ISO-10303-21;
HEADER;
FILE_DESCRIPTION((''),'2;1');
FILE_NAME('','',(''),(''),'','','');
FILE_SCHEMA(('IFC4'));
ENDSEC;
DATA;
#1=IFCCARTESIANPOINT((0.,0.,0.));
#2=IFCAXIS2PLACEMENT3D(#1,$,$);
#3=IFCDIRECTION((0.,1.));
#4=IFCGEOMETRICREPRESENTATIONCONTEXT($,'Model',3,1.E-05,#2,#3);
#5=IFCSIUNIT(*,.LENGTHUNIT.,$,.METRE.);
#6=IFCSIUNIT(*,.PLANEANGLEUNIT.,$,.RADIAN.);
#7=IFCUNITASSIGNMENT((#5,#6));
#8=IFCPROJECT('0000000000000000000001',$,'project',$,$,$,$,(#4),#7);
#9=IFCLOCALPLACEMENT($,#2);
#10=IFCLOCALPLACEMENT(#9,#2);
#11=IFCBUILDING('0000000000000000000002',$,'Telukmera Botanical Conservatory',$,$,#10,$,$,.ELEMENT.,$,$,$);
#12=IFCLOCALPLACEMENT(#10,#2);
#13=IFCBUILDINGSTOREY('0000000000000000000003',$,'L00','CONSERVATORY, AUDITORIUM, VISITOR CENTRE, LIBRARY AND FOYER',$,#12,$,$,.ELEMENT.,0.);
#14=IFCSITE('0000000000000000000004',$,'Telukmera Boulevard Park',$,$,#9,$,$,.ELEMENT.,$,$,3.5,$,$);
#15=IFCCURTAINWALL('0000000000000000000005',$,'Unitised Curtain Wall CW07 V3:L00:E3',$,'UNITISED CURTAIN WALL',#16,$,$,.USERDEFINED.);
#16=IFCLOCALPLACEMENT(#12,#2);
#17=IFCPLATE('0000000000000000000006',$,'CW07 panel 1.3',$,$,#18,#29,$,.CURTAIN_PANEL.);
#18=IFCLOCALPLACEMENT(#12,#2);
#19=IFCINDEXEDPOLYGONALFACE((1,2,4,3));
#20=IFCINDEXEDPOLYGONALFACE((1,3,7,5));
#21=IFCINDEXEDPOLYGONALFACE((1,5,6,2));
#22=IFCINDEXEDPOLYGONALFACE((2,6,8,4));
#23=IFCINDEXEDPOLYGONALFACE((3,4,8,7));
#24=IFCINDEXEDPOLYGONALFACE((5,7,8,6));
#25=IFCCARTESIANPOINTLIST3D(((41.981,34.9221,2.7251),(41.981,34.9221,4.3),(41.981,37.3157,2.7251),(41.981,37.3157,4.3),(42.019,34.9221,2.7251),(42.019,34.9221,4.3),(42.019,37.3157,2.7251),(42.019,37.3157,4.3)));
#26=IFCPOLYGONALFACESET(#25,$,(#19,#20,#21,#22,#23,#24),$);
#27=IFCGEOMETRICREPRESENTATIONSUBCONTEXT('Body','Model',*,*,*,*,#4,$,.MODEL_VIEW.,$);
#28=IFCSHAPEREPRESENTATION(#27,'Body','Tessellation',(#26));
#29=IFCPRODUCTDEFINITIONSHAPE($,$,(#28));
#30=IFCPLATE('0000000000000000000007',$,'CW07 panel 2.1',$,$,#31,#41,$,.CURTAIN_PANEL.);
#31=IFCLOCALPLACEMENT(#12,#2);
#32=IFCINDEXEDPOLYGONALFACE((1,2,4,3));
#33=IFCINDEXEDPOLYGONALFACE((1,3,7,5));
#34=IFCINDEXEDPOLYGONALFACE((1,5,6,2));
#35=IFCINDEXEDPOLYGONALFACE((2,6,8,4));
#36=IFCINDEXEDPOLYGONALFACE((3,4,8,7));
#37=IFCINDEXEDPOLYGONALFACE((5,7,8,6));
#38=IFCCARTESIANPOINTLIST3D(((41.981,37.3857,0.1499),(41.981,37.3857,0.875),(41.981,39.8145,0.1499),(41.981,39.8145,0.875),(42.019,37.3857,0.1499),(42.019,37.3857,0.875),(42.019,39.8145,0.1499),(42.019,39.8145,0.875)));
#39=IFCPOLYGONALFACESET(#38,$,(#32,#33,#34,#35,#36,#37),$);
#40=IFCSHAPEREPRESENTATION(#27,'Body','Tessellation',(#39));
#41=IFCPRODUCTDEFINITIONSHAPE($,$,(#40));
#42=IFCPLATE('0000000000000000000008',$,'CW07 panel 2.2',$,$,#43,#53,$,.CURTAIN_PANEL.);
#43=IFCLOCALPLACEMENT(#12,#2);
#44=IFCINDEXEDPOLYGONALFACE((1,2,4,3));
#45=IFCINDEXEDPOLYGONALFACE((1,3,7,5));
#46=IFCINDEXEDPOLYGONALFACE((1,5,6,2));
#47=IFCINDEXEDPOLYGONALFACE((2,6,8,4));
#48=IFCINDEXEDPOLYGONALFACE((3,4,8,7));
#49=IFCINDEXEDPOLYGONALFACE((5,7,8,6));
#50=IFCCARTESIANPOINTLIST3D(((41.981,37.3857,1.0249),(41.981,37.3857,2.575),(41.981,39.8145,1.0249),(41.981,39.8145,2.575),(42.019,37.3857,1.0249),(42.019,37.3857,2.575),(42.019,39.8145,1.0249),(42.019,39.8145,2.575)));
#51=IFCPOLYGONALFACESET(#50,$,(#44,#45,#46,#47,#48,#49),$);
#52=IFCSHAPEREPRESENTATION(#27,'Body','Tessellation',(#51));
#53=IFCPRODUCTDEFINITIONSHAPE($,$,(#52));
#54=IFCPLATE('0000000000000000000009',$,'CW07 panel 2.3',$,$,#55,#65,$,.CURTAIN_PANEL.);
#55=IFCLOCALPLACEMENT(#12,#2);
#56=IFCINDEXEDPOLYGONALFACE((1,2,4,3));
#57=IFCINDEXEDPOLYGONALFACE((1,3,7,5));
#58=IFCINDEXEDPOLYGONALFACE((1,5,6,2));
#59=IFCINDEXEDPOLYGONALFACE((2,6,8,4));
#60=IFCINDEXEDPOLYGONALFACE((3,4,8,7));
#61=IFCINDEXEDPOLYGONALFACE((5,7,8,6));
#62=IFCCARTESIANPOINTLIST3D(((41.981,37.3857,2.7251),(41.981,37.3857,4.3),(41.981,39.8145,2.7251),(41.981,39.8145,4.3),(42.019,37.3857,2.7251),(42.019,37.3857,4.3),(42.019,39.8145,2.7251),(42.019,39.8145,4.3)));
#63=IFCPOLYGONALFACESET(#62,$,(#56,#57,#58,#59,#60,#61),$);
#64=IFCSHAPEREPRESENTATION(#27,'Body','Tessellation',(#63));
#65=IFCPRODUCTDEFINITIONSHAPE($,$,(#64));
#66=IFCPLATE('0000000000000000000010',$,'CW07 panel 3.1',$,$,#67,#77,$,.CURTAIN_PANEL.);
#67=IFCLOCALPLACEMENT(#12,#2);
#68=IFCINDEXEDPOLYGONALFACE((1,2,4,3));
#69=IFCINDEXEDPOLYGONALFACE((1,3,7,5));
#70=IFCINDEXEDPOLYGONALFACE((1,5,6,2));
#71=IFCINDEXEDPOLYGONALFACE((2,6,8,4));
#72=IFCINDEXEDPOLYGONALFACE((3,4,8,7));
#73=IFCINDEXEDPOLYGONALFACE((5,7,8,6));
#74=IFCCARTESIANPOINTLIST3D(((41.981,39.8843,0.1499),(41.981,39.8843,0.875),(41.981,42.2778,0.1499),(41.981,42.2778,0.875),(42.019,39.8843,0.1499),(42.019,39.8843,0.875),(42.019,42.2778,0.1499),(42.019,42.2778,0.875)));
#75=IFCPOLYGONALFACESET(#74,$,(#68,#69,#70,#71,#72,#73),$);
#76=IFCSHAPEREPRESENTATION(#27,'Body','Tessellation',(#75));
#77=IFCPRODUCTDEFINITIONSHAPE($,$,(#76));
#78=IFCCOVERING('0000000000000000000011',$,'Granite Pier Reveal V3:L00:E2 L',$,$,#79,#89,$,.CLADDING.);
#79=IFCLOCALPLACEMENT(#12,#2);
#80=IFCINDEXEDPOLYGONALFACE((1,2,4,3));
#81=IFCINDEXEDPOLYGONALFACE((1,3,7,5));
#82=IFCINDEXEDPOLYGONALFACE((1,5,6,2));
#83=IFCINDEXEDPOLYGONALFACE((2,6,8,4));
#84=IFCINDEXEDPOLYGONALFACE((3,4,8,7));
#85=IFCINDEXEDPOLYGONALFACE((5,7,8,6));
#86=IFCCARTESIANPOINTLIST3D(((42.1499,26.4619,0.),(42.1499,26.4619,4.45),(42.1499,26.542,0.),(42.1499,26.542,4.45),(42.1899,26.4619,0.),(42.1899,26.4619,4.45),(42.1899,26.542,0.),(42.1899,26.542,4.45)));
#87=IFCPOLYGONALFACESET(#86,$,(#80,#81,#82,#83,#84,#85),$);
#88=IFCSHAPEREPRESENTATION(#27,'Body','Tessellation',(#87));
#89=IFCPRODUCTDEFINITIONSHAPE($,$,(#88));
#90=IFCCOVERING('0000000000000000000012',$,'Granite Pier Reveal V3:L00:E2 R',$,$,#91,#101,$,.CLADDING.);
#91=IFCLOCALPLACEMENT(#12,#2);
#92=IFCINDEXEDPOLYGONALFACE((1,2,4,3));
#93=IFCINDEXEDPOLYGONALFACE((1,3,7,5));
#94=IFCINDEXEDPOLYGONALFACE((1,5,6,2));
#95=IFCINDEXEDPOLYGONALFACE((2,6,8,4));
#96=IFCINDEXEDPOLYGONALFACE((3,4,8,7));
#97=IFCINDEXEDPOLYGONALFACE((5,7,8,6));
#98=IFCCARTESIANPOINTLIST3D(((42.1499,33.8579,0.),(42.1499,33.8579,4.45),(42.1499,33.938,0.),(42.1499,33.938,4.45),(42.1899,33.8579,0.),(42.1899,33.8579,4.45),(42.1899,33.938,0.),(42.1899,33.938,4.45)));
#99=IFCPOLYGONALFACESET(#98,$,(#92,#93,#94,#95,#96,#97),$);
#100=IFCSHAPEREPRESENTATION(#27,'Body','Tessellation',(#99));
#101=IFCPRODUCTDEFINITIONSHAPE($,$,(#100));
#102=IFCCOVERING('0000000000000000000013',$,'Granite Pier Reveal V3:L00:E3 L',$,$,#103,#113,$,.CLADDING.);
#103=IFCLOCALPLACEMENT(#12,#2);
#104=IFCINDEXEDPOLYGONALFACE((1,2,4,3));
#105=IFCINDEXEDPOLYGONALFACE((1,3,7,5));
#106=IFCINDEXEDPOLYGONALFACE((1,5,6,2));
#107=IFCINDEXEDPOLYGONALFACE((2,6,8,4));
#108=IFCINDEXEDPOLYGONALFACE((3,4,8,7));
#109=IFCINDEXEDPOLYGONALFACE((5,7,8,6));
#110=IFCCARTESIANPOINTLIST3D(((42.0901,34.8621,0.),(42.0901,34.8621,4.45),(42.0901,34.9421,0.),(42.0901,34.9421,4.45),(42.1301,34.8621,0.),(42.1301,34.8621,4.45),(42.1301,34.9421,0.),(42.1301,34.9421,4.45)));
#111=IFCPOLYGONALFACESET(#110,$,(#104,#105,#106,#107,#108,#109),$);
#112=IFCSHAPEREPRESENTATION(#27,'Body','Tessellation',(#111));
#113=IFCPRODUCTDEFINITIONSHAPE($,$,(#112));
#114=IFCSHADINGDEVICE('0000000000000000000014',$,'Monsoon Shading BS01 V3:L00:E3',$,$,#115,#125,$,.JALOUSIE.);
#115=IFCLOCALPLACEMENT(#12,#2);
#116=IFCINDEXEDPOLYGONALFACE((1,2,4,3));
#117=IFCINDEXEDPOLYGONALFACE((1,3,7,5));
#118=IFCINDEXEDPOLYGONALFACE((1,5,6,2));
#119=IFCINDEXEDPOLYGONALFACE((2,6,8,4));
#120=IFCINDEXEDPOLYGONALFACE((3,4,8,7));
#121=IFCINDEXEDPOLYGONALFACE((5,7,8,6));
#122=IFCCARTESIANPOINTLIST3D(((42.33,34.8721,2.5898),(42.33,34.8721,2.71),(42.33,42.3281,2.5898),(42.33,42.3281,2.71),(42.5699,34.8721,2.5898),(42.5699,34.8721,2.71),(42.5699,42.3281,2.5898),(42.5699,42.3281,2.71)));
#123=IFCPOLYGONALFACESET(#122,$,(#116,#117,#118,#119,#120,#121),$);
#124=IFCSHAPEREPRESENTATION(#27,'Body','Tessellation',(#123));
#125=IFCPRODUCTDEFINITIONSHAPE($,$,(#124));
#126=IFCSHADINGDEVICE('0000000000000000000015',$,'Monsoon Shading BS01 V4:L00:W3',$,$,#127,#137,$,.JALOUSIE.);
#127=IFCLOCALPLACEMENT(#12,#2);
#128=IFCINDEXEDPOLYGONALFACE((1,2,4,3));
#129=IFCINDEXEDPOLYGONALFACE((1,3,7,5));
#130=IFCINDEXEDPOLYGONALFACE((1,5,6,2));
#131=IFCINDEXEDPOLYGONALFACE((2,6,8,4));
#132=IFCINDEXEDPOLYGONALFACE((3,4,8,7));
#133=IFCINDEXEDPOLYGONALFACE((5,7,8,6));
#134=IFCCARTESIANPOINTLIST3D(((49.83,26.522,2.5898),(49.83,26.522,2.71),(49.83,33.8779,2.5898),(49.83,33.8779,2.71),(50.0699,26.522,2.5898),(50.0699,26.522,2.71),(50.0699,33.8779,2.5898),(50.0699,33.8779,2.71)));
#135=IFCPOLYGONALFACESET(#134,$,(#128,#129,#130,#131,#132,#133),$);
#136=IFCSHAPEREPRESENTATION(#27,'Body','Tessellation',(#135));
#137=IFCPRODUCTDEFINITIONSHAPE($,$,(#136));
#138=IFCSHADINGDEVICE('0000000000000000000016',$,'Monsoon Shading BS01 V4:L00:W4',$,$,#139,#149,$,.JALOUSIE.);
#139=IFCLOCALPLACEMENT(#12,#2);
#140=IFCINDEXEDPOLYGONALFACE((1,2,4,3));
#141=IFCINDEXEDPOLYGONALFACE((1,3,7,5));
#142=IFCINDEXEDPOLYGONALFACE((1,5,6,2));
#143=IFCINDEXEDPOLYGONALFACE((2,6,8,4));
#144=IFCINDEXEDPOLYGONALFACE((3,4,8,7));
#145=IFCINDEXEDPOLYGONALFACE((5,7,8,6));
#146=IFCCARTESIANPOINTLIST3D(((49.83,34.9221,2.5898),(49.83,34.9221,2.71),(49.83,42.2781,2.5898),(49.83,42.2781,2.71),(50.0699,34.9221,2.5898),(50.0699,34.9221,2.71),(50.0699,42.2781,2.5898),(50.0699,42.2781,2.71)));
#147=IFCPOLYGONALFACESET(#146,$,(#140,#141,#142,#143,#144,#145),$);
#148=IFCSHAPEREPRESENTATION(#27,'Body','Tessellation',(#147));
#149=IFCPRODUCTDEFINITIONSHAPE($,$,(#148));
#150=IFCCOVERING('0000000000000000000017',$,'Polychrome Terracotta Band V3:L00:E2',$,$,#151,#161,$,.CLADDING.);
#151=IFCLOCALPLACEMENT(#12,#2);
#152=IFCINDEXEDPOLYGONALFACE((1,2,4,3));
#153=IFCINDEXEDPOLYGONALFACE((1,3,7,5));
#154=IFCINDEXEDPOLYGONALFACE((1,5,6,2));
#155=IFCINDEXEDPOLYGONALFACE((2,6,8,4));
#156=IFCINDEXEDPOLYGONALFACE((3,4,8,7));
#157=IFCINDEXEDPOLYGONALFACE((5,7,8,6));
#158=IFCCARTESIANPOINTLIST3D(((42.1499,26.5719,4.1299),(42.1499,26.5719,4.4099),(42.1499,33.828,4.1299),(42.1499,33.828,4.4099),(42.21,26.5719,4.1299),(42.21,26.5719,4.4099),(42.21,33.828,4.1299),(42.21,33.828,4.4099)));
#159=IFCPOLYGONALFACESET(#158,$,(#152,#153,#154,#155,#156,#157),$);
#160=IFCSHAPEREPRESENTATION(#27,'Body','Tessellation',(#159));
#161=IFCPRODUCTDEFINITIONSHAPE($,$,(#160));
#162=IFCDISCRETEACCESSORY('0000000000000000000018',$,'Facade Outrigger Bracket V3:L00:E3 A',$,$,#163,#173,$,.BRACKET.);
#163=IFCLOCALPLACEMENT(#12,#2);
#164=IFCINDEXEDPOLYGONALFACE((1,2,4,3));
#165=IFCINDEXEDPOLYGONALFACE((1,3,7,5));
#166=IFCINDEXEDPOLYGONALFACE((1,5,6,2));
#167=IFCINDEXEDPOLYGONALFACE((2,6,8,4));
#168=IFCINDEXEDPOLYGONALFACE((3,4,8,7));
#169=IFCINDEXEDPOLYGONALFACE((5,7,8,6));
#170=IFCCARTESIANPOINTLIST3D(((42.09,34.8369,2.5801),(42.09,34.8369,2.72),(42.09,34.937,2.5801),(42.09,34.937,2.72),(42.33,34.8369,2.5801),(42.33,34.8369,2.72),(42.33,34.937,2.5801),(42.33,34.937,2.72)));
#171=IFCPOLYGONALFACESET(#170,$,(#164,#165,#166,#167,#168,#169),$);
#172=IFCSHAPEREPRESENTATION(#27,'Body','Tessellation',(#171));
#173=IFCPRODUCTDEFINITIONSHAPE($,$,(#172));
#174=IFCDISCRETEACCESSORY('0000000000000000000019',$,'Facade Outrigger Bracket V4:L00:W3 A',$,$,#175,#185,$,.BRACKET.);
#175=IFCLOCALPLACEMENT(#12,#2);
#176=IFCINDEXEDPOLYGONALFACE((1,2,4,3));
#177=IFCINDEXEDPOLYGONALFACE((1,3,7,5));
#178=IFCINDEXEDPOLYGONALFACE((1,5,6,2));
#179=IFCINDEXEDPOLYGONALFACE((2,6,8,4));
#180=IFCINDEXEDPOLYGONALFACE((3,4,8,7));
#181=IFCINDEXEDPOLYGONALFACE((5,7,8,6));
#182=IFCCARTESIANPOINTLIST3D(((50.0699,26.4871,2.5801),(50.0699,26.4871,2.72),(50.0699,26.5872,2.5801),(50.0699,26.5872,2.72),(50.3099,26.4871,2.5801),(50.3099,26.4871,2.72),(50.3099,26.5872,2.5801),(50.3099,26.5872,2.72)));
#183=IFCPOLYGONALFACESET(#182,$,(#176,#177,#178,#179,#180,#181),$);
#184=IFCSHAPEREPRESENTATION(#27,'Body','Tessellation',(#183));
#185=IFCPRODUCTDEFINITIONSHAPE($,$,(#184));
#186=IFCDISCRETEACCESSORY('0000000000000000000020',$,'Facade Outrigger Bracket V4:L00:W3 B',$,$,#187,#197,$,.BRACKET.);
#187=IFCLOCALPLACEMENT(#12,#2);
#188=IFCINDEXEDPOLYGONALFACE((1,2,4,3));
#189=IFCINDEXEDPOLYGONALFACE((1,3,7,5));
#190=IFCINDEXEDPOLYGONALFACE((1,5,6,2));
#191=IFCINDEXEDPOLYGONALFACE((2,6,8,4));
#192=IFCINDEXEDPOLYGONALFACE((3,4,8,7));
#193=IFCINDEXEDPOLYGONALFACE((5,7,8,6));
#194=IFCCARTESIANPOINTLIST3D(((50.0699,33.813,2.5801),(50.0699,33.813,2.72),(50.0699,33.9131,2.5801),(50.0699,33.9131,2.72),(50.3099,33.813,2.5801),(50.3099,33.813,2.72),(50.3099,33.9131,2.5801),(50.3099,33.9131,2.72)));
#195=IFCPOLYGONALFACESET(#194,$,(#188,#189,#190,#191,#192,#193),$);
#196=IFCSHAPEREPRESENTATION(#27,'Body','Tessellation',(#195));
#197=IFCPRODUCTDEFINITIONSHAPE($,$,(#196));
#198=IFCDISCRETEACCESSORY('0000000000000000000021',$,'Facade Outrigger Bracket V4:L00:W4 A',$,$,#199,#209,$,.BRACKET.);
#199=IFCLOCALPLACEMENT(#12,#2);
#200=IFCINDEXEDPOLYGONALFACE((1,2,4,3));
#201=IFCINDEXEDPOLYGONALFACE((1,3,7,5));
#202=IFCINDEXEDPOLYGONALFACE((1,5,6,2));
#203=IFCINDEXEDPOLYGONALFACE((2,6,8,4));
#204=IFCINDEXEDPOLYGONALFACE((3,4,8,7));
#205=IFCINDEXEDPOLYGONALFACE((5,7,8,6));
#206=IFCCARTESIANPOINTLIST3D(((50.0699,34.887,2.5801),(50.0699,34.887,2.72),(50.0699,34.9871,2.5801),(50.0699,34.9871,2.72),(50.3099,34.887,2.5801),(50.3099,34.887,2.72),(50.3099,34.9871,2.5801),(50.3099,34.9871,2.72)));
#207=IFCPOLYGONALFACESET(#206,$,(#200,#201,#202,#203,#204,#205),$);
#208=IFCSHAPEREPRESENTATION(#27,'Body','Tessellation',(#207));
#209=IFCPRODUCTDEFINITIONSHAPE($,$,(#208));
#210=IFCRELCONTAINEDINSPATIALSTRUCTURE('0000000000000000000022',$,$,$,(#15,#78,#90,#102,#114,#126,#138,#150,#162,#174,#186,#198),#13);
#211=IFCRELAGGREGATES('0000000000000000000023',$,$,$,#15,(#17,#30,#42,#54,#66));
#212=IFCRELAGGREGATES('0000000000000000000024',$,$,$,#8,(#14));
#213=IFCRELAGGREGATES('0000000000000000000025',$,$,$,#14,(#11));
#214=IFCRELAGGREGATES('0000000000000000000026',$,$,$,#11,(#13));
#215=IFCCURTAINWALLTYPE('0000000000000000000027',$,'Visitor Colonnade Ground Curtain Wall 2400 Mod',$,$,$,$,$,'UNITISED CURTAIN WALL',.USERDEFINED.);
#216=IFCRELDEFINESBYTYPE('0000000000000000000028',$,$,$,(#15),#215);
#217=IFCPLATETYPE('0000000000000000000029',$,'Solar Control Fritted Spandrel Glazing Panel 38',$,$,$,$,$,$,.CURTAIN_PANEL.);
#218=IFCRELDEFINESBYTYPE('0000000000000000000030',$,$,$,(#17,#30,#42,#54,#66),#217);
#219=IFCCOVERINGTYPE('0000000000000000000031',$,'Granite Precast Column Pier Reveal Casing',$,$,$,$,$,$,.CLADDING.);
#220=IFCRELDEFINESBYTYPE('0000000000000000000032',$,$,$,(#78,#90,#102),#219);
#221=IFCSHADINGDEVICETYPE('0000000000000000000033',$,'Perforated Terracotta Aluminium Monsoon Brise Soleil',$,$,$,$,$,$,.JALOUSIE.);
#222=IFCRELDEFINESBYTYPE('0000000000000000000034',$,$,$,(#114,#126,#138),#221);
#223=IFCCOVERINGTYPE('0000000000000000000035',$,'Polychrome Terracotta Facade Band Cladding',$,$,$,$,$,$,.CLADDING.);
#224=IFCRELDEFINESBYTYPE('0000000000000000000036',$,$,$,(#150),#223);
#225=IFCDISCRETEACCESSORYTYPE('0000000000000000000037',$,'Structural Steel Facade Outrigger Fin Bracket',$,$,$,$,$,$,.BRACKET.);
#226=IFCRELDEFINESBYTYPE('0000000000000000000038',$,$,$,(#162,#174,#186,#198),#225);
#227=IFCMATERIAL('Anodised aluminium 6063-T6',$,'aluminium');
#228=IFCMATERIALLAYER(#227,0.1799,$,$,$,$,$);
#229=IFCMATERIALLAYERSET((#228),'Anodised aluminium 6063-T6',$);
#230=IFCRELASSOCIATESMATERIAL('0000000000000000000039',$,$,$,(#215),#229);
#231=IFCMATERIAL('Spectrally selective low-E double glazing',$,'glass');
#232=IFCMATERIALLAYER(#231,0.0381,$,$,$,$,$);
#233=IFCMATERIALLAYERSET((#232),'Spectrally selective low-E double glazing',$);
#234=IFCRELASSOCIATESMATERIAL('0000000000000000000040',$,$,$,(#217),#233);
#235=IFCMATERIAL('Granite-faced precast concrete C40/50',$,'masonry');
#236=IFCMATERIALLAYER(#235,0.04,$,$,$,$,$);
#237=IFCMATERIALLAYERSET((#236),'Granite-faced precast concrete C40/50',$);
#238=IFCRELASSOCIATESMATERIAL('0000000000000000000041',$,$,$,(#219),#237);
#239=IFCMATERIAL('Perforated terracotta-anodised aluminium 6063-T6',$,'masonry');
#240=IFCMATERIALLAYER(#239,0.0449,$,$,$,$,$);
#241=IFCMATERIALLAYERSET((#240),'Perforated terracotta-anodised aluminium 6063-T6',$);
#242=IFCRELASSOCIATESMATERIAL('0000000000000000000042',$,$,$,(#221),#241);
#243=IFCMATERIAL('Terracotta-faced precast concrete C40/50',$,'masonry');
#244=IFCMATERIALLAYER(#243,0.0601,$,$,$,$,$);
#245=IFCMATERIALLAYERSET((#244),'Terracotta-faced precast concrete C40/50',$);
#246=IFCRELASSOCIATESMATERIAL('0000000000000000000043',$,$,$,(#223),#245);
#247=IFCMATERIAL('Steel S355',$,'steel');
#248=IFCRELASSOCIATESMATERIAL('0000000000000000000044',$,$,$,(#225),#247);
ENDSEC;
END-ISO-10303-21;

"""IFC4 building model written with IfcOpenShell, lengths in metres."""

from ifc_helpers import new_model, si_unit, direction, frame, origin, origin_2d, place, context, subcontext, project, spatial, rectangle, extrude, material, layer, layer_set, type_object, element, aggregate, save


model = new_model("IFC4")

# Units and contexts
model_context = context("Model", 3, precision=1e-05, world=origin(), true_north=direction((0.0, 1.0)))
body_context = subcontext(model_context, "Body", "Model", "MODEL_VIEW")
ifc_project = project(units=[si_unit("LENGTHUNIT", "METRE"), si_unit("PLANEANGLEUNIT", "RADIAN")], contexts=[model_context])

# Site, building, storey
site_placement = place(None, origin())
site = spatial("IfcSite", under=ifc_project, at=site_placement, Name="Telukmera Boulevard Park", CompositionType="ELEMENT", RefElevation=3.5)
building_placement = place(site_placement, origin())
building = spatial("IfcBuilding", under=site, at=building_placement, Name="Telukmera Botanical Conservatory", CompositionType="ELEMENT")
storey_placement = place(building_placement, origin())
storey = spatial("IfcBuildingStorey", under=building, at=storey_placement, Name="L00", Description="CONSERVATORY, AUDITORIUM, VISITOR CENTRE, LIBRARY AND FOYER", CompositionType="ELEMENT", Elevation=0.0)

# Shared definitions
ifc_material_1 = material(Name="Steel S355", Category="steel")

# Curtain wall
ifc_material_2 = material(Name="Anodised aluminium 6063-T6", Category="aluminium")
ifc_layer_1 = layer(ifc_material_2, 0.1799)
ifc_layer_set_1 = layer_set([ifc_layer_1], Name="Anodised aluminium 6063-T6")
curtain_wall_type = type_object("IfcCurtainWallType", Name="Visitor Colonnade Ground Curtain Wall 2400 Mod", ElementType="UNITISED CURTAIN WALL", PredefinedType="USERDEFINED", material=ifc_layer_set_1)
curtain_wall_placement = place(storey_placement, origin())
curtain_wall = element("IfcCurtainWall", 1, at=curtain_wall_placement, inside=storey, type_object=curtain_wall_type, Name="Unitised Curtain Wall CW07 V3:L00:E3", ObjectType="UNITISED CURTAIN WALL", PredefinedType="USERDEFINED")

# Plates
ifc_material_3 = material(Name="Spectrally selective low-E double glazing", Category="glass")
ifc_layer_2 = layer(ifc_material_3, 0.0381)
ifc_layer_set_2 = layer_set([ifc_layer_2], Name="Spectrally selective low-E double glazing")
plate_type_1 = type_object("IfcPlateType", Name="Solar Control Fritted Spandrel Glazing Panel 38", PredefinedType="CURTAIN_PANEL", material=ifc_layer_set_2)
plate_1_placement = place(storey_placement, frame((42.0, 36.1189, 2.7251), z_axis=(0.0, 0.0, 1.0), x_axis=(0.0, 1.0, 0.0)))
plate_1 = element("IfcPlate", 2, at=plate_1_placement, type_object=plate_type_1, Name="CW07 panel 1.3", PredefinedType="CURTAIN_PANEL", context=body_context, shape_type="SweptSolid", body=[
    extrude(rectangle(XDim=2.3936, YDim=0.0381, at=origin_2d()), origin(), (0.0, 0.0, 1.0), 1.575),
])
plate_2_placement = place(storey_placement, frame((42.0, 38.6001, 0.1499), z_axis=(0.0, 0.0, 1.0), x_axis=(0.0, 1.0, 0.0)))
plate_2 = element("IfcPlate", 3, at=plate_2_placement, type_object=plate_type_1, Name="CW07 panel 2.1", PredefinedType="CURTAIN_PANEL", context=body_context, shape_type="SweptSolid", body=[
    extrude(rectangle(XDim=2.4287, YDim=0.0381, at=origin_2d()), origin(), (0.0, 0.0, 1.0), 0.7251),
])
plate_3_placement = place(storey_placement, frame((42.0, 38.6001, 1.0249), z_axis=(0.0, 0.0, 1.0), x_axis=(0.0, 1.0, 0.0)))
plate_3 = element("IfcPlate", 4, at=plate_3_placement, type_object=plate_type_1, Name="CW07 panel 2.2", PredefinedType="CURTAIN_PANEL", context=body_context, shape_type="SweptSolid", body=[
    extrude(rectangle(XDim=2.4287, YDim=0.0381, at=origin_2d()), origin(), (0.0, 0.0, 1.0), 1.55),
])
plate_4_placement = place(storey_placement, frame((42.0, 38.6001, 2.7251), z_axis=(0.0, 0.0, 1.0), x_axis=(0.0, 1.0, 0.0)))
plate_4 = element("IfcPlate", 5, at=plate_4_placement, type_object=plate_type_1, Name="CW07 panel 2.3", PredefinedType="CURTAIN_PANEL", context=body_context, shape_type="SweptSolid", body=[
    extrude(rectangle(XDim=2.4287, YDim=0.0381, at=origin_2d()), origin(), (0.0, 0.0, 1.0), 1.575),
])
plate_5_placement = place(storey_placement, frame((42.0, 41.0811, 0.1499), z_axis=(0.0, 0.0, 1.0), x_axis=(0.0, 1.0, 0.0)))
plate_5 = element("IfcPlate", 6, at=plate_5_placement, type_object=plate_type_1, Name="CW07 panel 3.1", PredefinedType="CURTAIN_PANEL", context=body_context, shape_type="SweptSolid", body=[
    extrude(rectangle(XDim=2.3936, YDim=0.0381, at=origin_2d()), origin(), (0.0, 0.0, 1.0), 0.7251),
])
aggregate(curtain_wall, [plate_1, plate_2, plate_3, plate_4, plate_5])

# Coverings
ifc_material_4 = material(Name="Granite-faced precast concrete C40/50", Category="masonry")
ifc_layer_3 = layer(ifc_material_4, 0.04)
ifc_layer_set_3 = layer_set([ifc_layer_3], Name="Granite-faced precast concrete C40/50")
covering_type_1 = type_object("IfcCoveringType", Name="Granite Precast Column Pier Reveal Casing", PredefinedType="CLADDING", material=ifc_layer_set_3)
for number, where, z_axis, x_axis, name in (
    (7, (42.1699, 26.502, 0.0), (0.0, 0.0, 1.0), (0.0, 1.0, 0.0), "Granite Pier Reveal V3:L00:E2 L"),
    (8, (42.1699, 33.8979, 0.0), (0.0, 0.0, 1.0), (0.0, 1.0, 0.0), "Granite Pier Reveal V3:L00:E2 R"),
    (9, (42.1101, 34.9021, 0.0), (0.0, 0.0, 1.0), (0.0, 1.0, 0.0), "Granite Pier Reveal V3:L00:E3 L"),
):
    element("IfcCovering", number, at=place(storey_placement, frame(where, z_axis=z_axis, x_axis=x_axis)), inside=storey, type_object=covering_type_1, Name=name, PredefinedType="CLADDING", context=body_context, shape_type="SweptSolid", body=[
        extrude(rectangle(XDim=0.0801, YDim=0.04, at=origin_2d()), origin(), (0.0, 0.0, 1.0), 4.45),
    ])

# Shading devices
ifc_material_5 = material(Name="Perforated terracotta-anodised aluminium 6063-T6", Category="masonry")
ifc_layer_4 = layer(ifc_material_5, 0.0449)
ifc_layer_set_4 = layer_set([ifc_layer_4], Name="Perforated terracotta-anodised aluminium 6063-T6")
shading_device_type = type_object("IfcShadingDeviceType", Name="Perforated Terracotta Aluminium Monsoon Brise Soleil", PredefinedType="JALOUSIE", material=ifc_layer_set_4)
shading_device_placement = place(storey_placement, frame((42.45, 38.6001, 2.5898), z_axis=(0.0, 0.0, 1.0), x_axis=(0.0, 1.0, 0.0)))
element("IfcShadingDevice", 10, at=shading_device_placement, inside=storey, type_object=shading_device_type, Name="Monsoon Shading BS01 V3:L00:E3", PredefinedType="JALOUSIE", context=body_context, shape_type="SweptSolid", body=[
    extrude(rectangle(XDim=7.4561, YDim=0.24, at=origin_2d()), origin(), (0.0, 0.0, 1.0), 0.1201),
])
for number, where, z_axis, x_axis, name in (
    (11, (49.95, 30.2, 2.5898), (0.0, 0.0, 1.0), (0.0, 1.0, 0.0), "Monsoon Shading BS01 V4:L00:W3"),
    (12, (49.95, 38.6001, 2.5898), (0.0, 0.0, 1.0), (0.0, 1.0, 0.0), "Monsoon Shading BS01 V4:L00:W4"),
):
    element("IfcShadingDevice", number, at=place(storey_placement, frame(where, z_axis=z_axis, x_axis=x_axis)), inside=storey, type_object=shading_device_type, Name=name, PredefinedType="JALOUSIE", context=body_context, shape_type="SweptSolid", body=[
        extrude(rectangle(XDim=7.356, YDim=0.24, at=origin_2d()), origin(), (0.0, 0.0, 1.0), 0.1201),
    ])

# Covering
ifc_material_6 = material(Name="Terracotta-faced precast concrete C40/50", Category="masonry")
ifc_layer_5 = layer(ifc_material_6, 0.0601)
ifc_layer_set_5 = layer_set([ifc_layer_5], Name="Terracotta-faced precast concrete C40/50")
covering_type_2 = type_object("IfcCoveringType", Name="Polychrome Terracotta Facade Band Cladding", PredefinedType="CLADDING", material=ifc_layer_set_5)
covering_placement = place(storey_placement, frame((42.1799, 30.2, 4.1299), z_axis=(0.0, 0.0, 1.0), x_axis=(0.0, 1.0, 0.0)))
element("IfcCovering", 13, at=covering_placement, inside=storey, type_object=covering_type_2, Name="Polychrome Terracotta Band V3:L00:E2", PredefinedType="CLADDING", context=body_context, shape_type="SweptSolid", body=[
    extrude(rectangle(XDim=7.2561, YDim=0.0601, at=origin_2d()), origin(), (0.0, 0.0, 1.0), 0.28),
])

# Discrete accessories
discrete_accessory_type = type_object("IfcDiscreteAccessoryType", Name="Structural Steel Facade Outrigger Fin Bracket", PredefinedType="BRACKET", material=ifc_material_1)
for number, where, z_axis, x_axis, name in (
    (14, (42.21, 34.887, 2.5801), (0.0, 0.0, 1.0), (0.0, 1.0, 0.0), "Facade Outrigger Bracket V3:L00:E3 A"),
    (15, (50.1899, 26.5371, 2.5801), (0.0, 0.0, 1.0), (0.0, 1.0, 0.0), "Facade Outrigger Bracket V4:L00:W3 A"),
    (16, (50.1899, 33.863, 2.5801), (0.0, 0.0, 1.0), (0.0, 1.0, 0.0), "Facade Outrigger Bracket V4:L00:W3 B"),
    (17, (50.1899, 34.937, 2.5801), (0.0, 0.0, 1.0), (0.0, 1.0, 0.0), "Facade Outrigger Bracket V4:L00:W4 A"),
):
    element("IfcDiscreteAccessory", number, at=place(storey_placement, frame(where, z_axis=z_axis, x_axis=x_axis)), inside=storey, type_object=discrete_accessory_type, Name=name, PredefinedType="BRACKET", context=body_context, shape_type="SweptSolid", body=[
        extrude(rectangle(XDim=0.1001, YDim=0.24, at=origin_2d()), origin(), (0.0, 0.0, 1.0), 0.1399),
    ])

save(model, "model.ifc")
